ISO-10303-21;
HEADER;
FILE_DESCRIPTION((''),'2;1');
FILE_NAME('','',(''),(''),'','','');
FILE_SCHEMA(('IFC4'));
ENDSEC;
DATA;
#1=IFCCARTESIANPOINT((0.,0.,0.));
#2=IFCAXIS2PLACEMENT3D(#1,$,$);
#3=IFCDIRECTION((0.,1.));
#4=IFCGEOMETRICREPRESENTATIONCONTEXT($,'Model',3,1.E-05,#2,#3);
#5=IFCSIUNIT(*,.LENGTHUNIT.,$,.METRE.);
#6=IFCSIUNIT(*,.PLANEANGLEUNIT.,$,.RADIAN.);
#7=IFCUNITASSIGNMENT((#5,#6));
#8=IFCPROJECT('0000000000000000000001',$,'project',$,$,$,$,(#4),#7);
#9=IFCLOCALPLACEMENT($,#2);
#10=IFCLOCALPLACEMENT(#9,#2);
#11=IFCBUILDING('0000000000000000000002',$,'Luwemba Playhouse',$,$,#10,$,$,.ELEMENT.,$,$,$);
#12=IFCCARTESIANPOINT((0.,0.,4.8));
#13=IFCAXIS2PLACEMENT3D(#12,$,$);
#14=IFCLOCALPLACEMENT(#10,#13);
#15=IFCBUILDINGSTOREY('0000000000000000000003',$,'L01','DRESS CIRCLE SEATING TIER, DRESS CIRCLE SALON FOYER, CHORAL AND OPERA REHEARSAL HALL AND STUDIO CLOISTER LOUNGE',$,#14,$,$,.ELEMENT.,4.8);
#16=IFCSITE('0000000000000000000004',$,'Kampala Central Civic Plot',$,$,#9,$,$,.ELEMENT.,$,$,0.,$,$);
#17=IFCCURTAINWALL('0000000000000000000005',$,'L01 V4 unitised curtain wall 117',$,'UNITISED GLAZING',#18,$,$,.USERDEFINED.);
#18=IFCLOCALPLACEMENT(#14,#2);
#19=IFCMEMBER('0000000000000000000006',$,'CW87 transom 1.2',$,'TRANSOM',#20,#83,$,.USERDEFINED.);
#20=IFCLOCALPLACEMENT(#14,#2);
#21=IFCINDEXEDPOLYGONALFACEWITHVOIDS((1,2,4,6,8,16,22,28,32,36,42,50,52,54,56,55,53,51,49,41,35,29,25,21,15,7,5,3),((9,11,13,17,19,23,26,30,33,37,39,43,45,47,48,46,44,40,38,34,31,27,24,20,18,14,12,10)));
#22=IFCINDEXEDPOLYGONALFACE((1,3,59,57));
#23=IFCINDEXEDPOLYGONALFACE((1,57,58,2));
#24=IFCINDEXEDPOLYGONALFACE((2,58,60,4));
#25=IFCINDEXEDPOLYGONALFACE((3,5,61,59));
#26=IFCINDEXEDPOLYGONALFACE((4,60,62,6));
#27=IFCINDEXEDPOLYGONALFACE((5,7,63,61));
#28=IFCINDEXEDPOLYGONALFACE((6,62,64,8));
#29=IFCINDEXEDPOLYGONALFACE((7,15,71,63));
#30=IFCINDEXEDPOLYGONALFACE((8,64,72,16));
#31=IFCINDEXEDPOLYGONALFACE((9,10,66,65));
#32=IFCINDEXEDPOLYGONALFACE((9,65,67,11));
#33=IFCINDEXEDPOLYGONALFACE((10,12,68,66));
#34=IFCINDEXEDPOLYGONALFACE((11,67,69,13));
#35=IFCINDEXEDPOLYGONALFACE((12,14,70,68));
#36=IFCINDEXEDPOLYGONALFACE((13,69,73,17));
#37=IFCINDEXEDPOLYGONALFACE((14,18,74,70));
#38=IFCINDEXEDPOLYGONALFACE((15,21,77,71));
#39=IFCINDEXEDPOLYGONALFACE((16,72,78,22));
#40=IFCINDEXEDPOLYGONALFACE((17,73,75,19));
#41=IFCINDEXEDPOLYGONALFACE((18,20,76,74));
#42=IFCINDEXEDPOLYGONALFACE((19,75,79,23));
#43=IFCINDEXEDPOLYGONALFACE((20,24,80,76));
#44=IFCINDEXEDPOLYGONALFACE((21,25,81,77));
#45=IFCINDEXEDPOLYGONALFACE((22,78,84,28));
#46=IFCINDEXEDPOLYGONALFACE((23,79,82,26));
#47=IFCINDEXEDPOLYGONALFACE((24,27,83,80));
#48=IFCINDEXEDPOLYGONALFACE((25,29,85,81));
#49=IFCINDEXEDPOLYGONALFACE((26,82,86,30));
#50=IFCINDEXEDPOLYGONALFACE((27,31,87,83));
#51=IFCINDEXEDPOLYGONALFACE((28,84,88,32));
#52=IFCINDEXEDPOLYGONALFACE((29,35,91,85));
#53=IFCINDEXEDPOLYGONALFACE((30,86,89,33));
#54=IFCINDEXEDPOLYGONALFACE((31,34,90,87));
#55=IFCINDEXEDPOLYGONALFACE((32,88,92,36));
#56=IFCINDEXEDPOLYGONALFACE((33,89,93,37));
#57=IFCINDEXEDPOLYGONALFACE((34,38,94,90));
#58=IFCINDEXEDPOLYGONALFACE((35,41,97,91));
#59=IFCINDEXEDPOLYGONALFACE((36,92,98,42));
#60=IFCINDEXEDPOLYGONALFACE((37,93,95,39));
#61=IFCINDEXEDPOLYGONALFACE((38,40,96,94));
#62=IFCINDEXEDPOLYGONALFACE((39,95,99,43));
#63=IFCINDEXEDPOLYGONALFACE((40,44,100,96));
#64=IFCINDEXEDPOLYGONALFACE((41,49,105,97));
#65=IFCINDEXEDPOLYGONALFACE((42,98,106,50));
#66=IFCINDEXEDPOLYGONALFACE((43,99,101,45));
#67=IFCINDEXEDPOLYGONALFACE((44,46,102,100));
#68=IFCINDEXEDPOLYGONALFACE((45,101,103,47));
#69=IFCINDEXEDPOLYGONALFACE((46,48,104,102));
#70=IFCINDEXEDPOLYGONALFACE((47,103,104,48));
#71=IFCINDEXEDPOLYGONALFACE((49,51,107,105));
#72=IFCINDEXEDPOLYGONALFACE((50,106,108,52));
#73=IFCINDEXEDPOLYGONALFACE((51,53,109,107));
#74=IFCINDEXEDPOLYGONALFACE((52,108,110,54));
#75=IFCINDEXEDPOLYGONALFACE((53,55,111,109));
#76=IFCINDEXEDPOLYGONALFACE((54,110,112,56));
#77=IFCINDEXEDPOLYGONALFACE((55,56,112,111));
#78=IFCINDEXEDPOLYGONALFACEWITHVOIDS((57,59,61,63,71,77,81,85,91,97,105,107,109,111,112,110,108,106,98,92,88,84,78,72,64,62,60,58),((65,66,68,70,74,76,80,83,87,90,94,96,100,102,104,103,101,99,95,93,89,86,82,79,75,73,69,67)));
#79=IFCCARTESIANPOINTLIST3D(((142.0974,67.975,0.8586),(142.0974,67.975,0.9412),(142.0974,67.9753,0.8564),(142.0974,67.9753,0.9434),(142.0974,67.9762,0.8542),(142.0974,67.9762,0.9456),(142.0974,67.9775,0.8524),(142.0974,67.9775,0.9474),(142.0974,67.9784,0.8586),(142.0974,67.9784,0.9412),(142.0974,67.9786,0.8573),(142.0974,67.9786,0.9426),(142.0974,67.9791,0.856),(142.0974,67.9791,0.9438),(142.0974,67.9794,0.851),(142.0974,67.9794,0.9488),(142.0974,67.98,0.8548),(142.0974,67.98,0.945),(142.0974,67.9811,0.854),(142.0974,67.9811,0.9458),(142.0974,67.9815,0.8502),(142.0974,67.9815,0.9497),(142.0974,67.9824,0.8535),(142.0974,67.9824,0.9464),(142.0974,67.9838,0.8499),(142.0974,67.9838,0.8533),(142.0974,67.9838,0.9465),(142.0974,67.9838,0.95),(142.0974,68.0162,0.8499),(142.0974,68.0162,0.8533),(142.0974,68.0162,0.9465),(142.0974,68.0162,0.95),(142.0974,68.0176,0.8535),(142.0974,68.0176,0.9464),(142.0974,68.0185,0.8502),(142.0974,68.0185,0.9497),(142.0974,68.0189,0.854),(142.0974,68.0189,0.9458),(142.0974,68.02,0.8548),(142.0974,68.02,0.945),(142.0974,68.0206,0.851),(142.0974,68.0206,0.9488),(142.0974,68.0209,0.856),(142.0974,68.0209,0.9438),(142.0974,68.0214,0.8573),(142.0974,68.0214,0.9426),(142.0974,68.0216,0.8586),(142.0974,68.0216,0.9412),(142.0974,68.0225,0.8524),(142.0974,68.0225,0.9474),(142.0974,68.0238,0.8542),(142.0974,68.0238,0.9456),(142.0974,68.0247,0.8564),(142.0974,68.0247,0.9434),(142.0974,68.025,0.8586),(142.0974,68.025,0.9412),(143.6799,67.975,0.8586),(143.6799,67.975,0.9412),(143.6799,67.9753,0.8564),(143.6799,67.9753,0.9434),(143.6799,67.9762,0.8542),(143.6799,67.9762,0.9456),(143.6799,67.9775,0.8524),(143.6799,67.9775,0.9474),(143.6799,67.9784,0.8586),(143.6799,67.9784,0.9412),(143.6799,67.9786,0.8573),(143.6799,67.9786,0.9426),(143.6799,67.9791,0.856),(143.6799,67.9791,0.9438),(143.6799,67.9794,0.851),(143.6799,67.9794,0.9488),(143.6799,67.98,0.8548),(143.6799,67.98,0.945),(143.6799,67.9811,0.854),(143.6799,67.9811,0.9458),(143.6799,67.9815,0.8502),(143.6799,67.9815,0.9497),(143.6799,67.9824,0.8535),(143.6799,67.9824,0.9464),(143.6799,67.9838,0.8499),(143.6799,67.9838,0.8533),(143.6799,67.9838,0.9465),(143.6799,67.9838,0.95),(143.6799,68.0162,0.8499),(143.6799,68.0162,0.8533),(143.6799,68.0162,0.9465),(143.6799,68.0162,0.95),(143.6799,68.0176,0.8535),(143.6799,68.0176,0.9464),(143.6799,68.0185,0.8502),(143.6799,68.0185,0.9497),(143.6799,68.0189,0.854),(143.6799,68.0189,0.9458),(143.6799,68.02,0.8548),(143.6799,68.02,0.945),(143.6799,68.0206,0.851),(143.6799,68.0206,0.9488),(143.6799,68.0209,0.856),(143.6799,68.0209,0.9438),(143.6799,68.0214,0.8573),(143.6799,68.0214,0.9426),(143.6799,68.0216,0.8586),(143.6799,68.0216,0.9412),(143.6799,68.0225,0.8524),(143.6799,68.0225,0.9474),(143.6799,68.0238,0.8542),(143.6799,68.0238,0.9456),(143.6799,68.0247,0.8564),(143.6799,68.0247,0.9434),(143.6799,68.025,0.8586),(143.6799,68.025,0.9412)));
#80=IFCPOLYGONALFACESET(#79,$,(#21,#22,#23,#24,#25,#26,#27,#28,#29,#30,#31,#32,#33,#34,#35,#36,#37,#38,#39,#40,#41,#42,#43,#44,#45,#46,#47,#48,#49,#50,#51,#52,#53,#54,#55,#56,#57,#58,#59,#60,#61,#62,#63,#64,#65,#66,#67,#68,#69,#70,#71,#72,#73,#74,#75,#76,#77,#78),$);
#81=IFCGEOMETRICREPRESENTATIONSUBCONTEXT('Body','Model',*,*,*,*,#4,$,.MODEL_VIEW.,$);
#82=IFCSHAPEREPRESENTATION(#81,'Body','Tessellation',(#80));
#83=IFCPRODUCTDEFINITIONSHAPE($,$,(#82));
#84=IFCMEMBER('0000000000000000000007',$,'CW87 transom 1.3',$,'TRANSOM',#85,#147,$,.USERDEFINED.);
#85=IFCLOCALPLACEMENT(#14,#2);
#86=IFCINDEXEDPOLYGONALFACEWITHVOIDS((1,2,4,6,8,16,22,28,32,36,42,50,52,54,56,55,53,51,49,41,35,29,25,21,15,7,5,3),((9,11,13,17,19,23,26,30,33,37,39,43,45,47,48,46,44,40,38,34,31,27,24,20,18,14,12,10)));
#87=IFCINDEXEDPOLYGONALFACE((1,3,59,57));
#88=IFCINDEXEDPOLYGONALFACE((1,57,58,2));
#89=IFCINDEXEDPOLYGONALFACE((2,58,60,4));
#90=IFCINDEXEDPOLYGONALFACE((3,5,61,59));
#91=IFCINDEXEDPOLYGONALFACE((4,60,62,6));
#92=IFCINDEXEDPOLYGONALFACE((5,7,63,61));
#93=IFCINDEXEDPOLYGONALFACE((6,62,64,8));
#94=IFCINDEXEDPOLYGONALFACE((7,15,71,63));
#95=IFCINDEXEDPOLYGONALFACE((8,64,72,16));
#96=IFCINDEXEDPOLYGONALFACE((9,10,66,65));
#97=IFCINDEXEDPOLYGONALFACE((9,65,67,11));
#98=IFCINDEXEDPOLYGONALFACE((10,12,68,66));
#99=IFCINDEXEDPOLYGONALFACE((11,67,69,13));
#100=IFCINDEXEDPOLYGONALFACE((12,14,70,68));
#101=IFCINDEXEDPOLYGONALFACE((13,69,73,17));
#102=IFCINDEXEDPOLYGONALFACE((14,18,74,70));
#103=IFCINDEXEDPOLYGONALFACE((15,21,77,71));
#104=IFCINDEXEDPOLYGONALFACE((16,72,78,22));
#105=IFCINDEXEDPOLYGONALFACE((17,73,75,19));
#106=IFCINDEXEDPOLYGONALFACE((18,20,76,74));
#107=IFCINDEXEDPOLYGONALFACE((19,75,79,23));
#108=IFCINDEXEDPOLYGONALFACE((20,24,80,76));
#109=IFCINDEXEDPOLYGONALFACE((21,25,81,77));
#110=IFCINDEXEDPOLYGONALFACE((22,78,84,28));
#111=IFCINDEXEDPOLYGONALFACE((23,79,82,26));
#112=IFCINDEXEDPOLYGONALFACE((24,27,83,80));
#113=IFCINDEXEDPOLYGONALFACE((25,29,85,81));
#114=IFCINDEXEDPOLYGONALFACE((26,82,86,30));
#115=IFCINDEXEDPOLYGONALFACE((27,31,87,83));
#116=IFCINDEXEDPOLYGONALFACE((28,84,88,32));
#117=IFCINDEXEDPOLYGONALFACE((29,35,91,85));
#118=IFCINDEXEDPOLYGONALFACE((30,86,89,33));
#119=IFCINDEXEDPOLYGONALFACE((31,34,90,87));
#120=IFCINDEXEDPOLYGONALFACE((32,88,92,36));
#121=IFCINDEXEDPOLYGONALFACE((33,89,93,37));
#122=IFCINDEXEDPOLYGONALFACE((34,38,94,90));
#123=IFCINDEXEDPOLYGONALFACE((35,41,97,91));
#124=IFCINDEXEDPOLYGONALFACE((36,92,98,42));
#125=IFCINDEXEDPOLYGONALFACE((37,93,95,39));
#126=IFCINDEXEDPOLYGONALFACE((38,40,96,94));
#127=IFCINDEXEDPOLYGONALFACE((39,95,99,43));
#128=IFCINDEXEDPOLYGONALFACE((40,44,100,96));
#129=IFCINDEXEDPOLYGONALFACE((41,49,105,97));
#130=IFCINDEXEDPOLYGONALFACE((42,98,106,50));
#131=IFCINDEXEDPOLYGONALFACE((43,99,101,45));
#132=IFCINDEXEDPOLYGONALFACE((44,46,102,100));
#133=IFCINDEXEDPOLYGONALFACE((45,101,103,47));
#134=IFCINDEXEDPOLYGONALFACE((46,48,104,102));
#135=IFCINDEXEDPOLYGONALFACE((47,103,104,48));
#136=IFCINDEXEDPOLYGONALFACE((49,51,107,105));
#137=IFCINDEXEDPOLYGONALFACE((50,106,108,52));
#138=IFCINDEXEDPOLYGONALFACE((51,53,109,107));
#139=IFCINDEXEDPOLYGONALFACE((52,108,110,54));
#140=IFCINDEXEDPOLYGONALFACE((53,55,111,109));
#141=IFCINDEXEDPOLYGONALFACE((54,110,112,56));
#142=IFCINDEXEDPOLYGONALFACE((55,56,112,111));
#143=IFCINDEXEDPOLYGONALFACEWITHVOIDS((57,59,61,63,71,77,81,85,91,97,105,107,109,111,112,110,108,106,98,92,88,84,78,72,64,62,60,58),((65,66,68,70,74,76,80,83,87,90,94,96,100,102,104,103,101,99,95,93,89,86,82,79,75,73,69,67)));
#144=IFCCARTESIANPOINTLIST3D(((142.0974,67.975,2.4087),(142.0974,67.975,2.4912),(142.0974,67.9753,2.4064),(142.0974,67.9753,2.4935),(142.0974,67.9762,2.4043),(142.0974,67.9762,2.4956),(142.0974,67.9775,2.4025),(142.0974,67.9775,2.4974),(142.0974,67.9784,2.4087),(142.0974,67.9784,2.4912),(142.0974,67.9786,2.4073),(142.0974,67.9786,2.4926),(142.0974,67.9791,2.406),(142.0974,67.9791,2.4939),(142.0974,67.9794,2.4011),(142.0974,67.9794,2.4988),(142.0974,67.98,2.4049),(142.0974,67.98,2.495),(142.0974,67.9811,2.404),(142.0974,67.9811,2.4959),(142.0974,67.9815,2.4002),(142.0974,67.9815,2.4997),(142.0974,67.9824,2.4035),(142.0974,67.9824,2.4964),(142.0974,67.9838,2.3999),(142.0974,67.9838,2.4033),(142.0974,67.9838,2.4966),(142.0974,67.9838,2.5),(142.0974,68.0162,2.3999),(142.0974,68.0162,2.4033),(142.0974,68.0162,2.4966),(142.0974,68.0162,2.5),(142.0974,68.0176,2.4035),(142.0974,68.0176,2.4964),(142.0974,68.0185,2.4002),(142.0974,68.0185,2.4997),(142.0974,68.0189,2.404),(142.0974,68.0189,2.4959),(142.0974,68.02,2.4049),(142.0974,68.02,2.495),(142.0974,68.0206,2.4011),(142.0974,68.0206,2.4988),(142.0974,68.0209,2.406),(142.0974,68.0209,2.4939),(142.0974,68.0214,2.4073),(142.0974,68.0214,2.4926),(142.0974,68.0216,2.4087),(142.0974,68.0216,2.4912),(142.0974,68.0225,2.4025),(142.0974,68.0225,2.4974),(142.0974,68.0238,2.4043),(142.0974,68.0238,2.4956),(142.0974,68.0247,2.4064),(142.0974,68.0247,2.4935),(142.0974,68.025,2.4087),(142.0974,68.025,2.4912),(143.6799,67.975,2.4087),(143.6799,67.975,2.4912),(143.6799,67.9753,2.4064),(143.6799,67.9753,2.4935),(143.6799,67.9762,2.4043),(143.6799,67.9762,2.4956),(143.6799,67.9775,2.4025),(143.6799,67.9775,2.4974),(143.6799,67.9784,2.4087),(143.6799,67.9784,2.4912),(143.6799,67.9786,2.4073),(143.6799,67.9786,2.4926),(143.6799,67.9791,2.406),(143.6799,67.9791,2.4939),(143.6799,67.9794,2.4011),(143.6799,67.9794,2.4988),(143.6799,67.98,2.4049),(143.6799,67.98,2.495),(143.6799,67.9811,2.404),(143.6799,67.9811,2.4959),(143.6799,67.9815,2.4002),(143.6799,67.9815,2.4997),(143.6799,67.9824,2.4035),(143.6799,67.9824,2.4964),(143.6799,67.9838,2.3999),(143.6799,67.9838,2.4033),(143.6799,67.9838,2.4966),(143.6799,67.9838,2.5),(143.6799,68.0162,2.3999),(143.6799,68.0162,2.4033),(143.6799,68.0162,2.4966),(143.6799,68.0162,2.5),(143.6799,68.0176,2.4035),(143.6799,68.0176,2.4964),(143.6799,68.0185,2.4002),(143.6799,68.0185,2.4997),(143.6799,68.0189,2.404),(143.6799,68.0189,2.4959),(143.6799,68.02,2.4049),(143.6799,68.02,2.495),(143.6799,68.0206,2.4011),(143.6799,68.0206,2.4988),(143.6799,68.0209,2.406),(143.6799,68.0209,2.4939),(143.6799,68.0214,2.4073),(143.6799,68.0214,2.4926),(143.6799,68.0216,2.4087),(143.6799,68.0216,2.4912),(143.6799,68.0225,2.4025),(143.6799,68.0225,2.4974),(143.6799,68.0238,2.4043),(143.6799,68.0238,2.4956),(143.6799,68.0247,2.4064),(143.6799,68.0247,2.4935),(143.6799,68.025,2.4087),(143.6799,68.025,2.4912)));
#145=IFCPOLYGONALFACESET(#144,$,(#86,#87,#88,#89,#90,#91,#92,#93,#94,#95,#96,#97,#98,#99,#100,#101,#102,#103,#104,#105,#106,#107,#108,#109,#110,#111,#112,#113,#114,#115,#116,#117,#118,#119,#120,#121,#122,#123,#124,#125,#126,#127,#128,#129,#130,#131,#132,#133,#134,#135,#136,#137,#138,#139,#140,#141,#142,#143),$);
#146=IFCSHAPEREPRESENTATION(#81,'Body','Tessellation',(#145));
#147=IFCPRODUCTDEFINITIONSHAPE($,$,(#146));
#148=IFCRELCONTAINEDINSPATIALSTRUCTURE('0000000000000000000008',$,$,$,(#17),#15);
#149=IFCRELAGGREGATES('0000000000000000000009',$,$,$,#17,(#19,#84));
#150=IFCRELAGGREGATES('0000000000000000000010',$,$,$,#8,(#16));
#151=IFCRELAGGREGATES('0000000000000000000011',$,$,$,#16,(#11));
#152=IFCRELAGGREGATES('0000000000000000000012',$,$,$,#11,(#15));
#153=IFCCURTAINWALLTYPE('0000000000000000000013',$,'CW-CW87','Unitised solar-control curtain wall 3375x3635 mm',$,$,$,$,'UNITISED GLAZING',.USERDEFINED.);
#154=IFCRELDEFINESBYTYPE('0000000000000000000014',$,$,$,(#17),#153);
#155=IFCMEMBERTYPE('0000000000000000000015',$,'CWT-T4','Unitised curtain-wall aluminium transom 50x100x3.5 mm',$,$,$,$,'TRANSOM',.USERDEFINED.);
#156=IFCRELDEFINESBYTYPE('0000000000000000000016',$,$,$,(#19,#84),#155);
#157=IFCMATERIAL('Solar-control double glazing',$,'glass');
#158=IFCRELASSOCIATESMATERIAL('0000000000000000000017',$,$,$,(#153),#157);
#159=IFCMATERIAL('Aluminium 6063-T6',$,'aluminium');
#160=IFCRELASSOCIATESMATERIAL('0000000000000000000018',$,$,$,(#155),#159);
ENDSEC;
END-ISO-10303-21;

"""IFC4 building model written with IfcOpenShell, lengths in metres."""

from ifc_helpers import new_model, si_unit, direction, frame, origin, origin_2d, place, context, subcontext, project, spatial, hollow_rectangle, extrude, material, material_profile, profile_set, type_object, element, aggregate, save


model = new_model("IFC4")

# Units and contexts
model_context = context("Model", 3, precision=1e-05, world=origin(), true_north=direction((0.0, 1.0)))
body_context = subcontext(model_context, "Body", "Model", "MODEL_VIEW")
ifc_project = project(units=[si_unit("LENGTHUNIT", "METRE"), si_unit("PLANEANGLEUNIT", "RADIAN")], contexts=[model_context])

# Site, building, storey
site_placement = place(None, origin())
site = spatial("IfcSite", under=ifc_project, at=site_placement, Name="Kampala Central Civic Plot", CompositionType="ELEMENT", RefElevation=0.0)
building_placement = place(site_placement, origin())
building = spatial("IfcBuilding", under=site, at=building_placement, Name="Luwemba Playhouse", CompositionType="ELEMENT")
storey_placement = place(building_placement, frame((0.0, 0.0, 4.8)))
storey = spatial("IfcBuildingStorey", under=building, at=storey_placement, Name="L01", Description="DRESS CIRCLE SEATING TIER, DRESS CIRCLE SALON FOYER, CHORAL AND OPERA REHEARSAL HALL AND STUDIO CLOISTER LOUNGE", CompositionType="ELEMENT", Elevation=4.8)

# Shared definitions
ifc_material_1 = material(Name="Solar-control double glazing", Category="glass")
ifc_material_2 = material(Name="Aluminium 6063-T6", Category="aluminium")

# Curtain wall
curtain_wall_type_1 = type_object("IfcCurtainWallType", Name="CW-CW87", Description="Unitised solar-control curtain wall 3375x3635 mm", ElementType="UNITISED GLAZING", PredefinedType="USERDEFINED", material=ifc_material_1)
curtain_wall_1_placement = place(storey_placement, origin())
curtain_wall_1 = element("IfcCurtainWall", 1, at=curtain_wall_1_placement, inside=storey, type_object=curtain_wall_type_1, Name="L01 V4 unitised curtain wall 117", ObjectType="UNITISED GLAZING", PredefinedType="USERDEFINED")

# Members
ifc_material_profile_1 = material_profile(ifc_material_2, hollow_rectangle(XDim=0.05, YDim=0.1001, WallThickness=0.0034, InnerFilletRadius=0.0054, OuterFilletRadius=0.0088, at=origin_2d()))
ifc_profile_set_1 = profile_set([ifc_material_profile_1], Name="Aluminium 6063-T6")
member_type_1 = type_object("IfcMemberType", Name="CWT-T4", Description="Unitised curtain-wall aluminium transom 50x100x3.5 mm", ElementType="TRANSOM", PredefinedType="USERDEFINED", material=ifc_profile_set_1)
member_1_placement = place(storey_placement, frame((143.6799, 68.0, 0.8999), z_axis=(-1.0, 0.0, 0.0), x_axis=(0.0, -1.0, 0.0)))
member_1 = element("IfcMember", 2, at=member_1_placement, type_object=member_type_1, Name="CW87 transom 1.2", ObjectType="TRANSOM", PredefinedType="USERDEFINED", context=body_context, shape_type="SweptSolid", body=[
    extrude(hollow_rectangle(XDim=0.05, YDim=0.1001, WallThickness=0.0034, InnerFilletRadius=0.0054, OuterFilletRadius=0.0088, at=origin_2d()), origin(), (0.0, 0.0, 1.0), 1.5825),
])
member_2_placement = place(storey_placement, frame((143.6799, 68.0, 2.45), z_axis=(-1.0, 0.0, 0.0), x_axis=(0.0, -1.0, 0.0)))
member_2 = element("IfcMember", 3, at=member_2_placement, type_object=member_type_1, Name="CW87 transom 1.3", ObjectType="TRANSOM", PredefinedType="USERDEFINED", context=body_context, shape_type="SweptSolid", body=[
    extrude(hollow_rectangle(XDim=0.05, YDim=0.1001, WallThickness=0.0034, InnerFilletRadius=0.0054, OuterFilletRadius=0.0088, at=origin_2d()), origin(), (0.0, 0.0, 1.0), 1.5825),
])

aggregate(curtain_wall_1, [member_1, member_2])

save(model, "model.ifc")
